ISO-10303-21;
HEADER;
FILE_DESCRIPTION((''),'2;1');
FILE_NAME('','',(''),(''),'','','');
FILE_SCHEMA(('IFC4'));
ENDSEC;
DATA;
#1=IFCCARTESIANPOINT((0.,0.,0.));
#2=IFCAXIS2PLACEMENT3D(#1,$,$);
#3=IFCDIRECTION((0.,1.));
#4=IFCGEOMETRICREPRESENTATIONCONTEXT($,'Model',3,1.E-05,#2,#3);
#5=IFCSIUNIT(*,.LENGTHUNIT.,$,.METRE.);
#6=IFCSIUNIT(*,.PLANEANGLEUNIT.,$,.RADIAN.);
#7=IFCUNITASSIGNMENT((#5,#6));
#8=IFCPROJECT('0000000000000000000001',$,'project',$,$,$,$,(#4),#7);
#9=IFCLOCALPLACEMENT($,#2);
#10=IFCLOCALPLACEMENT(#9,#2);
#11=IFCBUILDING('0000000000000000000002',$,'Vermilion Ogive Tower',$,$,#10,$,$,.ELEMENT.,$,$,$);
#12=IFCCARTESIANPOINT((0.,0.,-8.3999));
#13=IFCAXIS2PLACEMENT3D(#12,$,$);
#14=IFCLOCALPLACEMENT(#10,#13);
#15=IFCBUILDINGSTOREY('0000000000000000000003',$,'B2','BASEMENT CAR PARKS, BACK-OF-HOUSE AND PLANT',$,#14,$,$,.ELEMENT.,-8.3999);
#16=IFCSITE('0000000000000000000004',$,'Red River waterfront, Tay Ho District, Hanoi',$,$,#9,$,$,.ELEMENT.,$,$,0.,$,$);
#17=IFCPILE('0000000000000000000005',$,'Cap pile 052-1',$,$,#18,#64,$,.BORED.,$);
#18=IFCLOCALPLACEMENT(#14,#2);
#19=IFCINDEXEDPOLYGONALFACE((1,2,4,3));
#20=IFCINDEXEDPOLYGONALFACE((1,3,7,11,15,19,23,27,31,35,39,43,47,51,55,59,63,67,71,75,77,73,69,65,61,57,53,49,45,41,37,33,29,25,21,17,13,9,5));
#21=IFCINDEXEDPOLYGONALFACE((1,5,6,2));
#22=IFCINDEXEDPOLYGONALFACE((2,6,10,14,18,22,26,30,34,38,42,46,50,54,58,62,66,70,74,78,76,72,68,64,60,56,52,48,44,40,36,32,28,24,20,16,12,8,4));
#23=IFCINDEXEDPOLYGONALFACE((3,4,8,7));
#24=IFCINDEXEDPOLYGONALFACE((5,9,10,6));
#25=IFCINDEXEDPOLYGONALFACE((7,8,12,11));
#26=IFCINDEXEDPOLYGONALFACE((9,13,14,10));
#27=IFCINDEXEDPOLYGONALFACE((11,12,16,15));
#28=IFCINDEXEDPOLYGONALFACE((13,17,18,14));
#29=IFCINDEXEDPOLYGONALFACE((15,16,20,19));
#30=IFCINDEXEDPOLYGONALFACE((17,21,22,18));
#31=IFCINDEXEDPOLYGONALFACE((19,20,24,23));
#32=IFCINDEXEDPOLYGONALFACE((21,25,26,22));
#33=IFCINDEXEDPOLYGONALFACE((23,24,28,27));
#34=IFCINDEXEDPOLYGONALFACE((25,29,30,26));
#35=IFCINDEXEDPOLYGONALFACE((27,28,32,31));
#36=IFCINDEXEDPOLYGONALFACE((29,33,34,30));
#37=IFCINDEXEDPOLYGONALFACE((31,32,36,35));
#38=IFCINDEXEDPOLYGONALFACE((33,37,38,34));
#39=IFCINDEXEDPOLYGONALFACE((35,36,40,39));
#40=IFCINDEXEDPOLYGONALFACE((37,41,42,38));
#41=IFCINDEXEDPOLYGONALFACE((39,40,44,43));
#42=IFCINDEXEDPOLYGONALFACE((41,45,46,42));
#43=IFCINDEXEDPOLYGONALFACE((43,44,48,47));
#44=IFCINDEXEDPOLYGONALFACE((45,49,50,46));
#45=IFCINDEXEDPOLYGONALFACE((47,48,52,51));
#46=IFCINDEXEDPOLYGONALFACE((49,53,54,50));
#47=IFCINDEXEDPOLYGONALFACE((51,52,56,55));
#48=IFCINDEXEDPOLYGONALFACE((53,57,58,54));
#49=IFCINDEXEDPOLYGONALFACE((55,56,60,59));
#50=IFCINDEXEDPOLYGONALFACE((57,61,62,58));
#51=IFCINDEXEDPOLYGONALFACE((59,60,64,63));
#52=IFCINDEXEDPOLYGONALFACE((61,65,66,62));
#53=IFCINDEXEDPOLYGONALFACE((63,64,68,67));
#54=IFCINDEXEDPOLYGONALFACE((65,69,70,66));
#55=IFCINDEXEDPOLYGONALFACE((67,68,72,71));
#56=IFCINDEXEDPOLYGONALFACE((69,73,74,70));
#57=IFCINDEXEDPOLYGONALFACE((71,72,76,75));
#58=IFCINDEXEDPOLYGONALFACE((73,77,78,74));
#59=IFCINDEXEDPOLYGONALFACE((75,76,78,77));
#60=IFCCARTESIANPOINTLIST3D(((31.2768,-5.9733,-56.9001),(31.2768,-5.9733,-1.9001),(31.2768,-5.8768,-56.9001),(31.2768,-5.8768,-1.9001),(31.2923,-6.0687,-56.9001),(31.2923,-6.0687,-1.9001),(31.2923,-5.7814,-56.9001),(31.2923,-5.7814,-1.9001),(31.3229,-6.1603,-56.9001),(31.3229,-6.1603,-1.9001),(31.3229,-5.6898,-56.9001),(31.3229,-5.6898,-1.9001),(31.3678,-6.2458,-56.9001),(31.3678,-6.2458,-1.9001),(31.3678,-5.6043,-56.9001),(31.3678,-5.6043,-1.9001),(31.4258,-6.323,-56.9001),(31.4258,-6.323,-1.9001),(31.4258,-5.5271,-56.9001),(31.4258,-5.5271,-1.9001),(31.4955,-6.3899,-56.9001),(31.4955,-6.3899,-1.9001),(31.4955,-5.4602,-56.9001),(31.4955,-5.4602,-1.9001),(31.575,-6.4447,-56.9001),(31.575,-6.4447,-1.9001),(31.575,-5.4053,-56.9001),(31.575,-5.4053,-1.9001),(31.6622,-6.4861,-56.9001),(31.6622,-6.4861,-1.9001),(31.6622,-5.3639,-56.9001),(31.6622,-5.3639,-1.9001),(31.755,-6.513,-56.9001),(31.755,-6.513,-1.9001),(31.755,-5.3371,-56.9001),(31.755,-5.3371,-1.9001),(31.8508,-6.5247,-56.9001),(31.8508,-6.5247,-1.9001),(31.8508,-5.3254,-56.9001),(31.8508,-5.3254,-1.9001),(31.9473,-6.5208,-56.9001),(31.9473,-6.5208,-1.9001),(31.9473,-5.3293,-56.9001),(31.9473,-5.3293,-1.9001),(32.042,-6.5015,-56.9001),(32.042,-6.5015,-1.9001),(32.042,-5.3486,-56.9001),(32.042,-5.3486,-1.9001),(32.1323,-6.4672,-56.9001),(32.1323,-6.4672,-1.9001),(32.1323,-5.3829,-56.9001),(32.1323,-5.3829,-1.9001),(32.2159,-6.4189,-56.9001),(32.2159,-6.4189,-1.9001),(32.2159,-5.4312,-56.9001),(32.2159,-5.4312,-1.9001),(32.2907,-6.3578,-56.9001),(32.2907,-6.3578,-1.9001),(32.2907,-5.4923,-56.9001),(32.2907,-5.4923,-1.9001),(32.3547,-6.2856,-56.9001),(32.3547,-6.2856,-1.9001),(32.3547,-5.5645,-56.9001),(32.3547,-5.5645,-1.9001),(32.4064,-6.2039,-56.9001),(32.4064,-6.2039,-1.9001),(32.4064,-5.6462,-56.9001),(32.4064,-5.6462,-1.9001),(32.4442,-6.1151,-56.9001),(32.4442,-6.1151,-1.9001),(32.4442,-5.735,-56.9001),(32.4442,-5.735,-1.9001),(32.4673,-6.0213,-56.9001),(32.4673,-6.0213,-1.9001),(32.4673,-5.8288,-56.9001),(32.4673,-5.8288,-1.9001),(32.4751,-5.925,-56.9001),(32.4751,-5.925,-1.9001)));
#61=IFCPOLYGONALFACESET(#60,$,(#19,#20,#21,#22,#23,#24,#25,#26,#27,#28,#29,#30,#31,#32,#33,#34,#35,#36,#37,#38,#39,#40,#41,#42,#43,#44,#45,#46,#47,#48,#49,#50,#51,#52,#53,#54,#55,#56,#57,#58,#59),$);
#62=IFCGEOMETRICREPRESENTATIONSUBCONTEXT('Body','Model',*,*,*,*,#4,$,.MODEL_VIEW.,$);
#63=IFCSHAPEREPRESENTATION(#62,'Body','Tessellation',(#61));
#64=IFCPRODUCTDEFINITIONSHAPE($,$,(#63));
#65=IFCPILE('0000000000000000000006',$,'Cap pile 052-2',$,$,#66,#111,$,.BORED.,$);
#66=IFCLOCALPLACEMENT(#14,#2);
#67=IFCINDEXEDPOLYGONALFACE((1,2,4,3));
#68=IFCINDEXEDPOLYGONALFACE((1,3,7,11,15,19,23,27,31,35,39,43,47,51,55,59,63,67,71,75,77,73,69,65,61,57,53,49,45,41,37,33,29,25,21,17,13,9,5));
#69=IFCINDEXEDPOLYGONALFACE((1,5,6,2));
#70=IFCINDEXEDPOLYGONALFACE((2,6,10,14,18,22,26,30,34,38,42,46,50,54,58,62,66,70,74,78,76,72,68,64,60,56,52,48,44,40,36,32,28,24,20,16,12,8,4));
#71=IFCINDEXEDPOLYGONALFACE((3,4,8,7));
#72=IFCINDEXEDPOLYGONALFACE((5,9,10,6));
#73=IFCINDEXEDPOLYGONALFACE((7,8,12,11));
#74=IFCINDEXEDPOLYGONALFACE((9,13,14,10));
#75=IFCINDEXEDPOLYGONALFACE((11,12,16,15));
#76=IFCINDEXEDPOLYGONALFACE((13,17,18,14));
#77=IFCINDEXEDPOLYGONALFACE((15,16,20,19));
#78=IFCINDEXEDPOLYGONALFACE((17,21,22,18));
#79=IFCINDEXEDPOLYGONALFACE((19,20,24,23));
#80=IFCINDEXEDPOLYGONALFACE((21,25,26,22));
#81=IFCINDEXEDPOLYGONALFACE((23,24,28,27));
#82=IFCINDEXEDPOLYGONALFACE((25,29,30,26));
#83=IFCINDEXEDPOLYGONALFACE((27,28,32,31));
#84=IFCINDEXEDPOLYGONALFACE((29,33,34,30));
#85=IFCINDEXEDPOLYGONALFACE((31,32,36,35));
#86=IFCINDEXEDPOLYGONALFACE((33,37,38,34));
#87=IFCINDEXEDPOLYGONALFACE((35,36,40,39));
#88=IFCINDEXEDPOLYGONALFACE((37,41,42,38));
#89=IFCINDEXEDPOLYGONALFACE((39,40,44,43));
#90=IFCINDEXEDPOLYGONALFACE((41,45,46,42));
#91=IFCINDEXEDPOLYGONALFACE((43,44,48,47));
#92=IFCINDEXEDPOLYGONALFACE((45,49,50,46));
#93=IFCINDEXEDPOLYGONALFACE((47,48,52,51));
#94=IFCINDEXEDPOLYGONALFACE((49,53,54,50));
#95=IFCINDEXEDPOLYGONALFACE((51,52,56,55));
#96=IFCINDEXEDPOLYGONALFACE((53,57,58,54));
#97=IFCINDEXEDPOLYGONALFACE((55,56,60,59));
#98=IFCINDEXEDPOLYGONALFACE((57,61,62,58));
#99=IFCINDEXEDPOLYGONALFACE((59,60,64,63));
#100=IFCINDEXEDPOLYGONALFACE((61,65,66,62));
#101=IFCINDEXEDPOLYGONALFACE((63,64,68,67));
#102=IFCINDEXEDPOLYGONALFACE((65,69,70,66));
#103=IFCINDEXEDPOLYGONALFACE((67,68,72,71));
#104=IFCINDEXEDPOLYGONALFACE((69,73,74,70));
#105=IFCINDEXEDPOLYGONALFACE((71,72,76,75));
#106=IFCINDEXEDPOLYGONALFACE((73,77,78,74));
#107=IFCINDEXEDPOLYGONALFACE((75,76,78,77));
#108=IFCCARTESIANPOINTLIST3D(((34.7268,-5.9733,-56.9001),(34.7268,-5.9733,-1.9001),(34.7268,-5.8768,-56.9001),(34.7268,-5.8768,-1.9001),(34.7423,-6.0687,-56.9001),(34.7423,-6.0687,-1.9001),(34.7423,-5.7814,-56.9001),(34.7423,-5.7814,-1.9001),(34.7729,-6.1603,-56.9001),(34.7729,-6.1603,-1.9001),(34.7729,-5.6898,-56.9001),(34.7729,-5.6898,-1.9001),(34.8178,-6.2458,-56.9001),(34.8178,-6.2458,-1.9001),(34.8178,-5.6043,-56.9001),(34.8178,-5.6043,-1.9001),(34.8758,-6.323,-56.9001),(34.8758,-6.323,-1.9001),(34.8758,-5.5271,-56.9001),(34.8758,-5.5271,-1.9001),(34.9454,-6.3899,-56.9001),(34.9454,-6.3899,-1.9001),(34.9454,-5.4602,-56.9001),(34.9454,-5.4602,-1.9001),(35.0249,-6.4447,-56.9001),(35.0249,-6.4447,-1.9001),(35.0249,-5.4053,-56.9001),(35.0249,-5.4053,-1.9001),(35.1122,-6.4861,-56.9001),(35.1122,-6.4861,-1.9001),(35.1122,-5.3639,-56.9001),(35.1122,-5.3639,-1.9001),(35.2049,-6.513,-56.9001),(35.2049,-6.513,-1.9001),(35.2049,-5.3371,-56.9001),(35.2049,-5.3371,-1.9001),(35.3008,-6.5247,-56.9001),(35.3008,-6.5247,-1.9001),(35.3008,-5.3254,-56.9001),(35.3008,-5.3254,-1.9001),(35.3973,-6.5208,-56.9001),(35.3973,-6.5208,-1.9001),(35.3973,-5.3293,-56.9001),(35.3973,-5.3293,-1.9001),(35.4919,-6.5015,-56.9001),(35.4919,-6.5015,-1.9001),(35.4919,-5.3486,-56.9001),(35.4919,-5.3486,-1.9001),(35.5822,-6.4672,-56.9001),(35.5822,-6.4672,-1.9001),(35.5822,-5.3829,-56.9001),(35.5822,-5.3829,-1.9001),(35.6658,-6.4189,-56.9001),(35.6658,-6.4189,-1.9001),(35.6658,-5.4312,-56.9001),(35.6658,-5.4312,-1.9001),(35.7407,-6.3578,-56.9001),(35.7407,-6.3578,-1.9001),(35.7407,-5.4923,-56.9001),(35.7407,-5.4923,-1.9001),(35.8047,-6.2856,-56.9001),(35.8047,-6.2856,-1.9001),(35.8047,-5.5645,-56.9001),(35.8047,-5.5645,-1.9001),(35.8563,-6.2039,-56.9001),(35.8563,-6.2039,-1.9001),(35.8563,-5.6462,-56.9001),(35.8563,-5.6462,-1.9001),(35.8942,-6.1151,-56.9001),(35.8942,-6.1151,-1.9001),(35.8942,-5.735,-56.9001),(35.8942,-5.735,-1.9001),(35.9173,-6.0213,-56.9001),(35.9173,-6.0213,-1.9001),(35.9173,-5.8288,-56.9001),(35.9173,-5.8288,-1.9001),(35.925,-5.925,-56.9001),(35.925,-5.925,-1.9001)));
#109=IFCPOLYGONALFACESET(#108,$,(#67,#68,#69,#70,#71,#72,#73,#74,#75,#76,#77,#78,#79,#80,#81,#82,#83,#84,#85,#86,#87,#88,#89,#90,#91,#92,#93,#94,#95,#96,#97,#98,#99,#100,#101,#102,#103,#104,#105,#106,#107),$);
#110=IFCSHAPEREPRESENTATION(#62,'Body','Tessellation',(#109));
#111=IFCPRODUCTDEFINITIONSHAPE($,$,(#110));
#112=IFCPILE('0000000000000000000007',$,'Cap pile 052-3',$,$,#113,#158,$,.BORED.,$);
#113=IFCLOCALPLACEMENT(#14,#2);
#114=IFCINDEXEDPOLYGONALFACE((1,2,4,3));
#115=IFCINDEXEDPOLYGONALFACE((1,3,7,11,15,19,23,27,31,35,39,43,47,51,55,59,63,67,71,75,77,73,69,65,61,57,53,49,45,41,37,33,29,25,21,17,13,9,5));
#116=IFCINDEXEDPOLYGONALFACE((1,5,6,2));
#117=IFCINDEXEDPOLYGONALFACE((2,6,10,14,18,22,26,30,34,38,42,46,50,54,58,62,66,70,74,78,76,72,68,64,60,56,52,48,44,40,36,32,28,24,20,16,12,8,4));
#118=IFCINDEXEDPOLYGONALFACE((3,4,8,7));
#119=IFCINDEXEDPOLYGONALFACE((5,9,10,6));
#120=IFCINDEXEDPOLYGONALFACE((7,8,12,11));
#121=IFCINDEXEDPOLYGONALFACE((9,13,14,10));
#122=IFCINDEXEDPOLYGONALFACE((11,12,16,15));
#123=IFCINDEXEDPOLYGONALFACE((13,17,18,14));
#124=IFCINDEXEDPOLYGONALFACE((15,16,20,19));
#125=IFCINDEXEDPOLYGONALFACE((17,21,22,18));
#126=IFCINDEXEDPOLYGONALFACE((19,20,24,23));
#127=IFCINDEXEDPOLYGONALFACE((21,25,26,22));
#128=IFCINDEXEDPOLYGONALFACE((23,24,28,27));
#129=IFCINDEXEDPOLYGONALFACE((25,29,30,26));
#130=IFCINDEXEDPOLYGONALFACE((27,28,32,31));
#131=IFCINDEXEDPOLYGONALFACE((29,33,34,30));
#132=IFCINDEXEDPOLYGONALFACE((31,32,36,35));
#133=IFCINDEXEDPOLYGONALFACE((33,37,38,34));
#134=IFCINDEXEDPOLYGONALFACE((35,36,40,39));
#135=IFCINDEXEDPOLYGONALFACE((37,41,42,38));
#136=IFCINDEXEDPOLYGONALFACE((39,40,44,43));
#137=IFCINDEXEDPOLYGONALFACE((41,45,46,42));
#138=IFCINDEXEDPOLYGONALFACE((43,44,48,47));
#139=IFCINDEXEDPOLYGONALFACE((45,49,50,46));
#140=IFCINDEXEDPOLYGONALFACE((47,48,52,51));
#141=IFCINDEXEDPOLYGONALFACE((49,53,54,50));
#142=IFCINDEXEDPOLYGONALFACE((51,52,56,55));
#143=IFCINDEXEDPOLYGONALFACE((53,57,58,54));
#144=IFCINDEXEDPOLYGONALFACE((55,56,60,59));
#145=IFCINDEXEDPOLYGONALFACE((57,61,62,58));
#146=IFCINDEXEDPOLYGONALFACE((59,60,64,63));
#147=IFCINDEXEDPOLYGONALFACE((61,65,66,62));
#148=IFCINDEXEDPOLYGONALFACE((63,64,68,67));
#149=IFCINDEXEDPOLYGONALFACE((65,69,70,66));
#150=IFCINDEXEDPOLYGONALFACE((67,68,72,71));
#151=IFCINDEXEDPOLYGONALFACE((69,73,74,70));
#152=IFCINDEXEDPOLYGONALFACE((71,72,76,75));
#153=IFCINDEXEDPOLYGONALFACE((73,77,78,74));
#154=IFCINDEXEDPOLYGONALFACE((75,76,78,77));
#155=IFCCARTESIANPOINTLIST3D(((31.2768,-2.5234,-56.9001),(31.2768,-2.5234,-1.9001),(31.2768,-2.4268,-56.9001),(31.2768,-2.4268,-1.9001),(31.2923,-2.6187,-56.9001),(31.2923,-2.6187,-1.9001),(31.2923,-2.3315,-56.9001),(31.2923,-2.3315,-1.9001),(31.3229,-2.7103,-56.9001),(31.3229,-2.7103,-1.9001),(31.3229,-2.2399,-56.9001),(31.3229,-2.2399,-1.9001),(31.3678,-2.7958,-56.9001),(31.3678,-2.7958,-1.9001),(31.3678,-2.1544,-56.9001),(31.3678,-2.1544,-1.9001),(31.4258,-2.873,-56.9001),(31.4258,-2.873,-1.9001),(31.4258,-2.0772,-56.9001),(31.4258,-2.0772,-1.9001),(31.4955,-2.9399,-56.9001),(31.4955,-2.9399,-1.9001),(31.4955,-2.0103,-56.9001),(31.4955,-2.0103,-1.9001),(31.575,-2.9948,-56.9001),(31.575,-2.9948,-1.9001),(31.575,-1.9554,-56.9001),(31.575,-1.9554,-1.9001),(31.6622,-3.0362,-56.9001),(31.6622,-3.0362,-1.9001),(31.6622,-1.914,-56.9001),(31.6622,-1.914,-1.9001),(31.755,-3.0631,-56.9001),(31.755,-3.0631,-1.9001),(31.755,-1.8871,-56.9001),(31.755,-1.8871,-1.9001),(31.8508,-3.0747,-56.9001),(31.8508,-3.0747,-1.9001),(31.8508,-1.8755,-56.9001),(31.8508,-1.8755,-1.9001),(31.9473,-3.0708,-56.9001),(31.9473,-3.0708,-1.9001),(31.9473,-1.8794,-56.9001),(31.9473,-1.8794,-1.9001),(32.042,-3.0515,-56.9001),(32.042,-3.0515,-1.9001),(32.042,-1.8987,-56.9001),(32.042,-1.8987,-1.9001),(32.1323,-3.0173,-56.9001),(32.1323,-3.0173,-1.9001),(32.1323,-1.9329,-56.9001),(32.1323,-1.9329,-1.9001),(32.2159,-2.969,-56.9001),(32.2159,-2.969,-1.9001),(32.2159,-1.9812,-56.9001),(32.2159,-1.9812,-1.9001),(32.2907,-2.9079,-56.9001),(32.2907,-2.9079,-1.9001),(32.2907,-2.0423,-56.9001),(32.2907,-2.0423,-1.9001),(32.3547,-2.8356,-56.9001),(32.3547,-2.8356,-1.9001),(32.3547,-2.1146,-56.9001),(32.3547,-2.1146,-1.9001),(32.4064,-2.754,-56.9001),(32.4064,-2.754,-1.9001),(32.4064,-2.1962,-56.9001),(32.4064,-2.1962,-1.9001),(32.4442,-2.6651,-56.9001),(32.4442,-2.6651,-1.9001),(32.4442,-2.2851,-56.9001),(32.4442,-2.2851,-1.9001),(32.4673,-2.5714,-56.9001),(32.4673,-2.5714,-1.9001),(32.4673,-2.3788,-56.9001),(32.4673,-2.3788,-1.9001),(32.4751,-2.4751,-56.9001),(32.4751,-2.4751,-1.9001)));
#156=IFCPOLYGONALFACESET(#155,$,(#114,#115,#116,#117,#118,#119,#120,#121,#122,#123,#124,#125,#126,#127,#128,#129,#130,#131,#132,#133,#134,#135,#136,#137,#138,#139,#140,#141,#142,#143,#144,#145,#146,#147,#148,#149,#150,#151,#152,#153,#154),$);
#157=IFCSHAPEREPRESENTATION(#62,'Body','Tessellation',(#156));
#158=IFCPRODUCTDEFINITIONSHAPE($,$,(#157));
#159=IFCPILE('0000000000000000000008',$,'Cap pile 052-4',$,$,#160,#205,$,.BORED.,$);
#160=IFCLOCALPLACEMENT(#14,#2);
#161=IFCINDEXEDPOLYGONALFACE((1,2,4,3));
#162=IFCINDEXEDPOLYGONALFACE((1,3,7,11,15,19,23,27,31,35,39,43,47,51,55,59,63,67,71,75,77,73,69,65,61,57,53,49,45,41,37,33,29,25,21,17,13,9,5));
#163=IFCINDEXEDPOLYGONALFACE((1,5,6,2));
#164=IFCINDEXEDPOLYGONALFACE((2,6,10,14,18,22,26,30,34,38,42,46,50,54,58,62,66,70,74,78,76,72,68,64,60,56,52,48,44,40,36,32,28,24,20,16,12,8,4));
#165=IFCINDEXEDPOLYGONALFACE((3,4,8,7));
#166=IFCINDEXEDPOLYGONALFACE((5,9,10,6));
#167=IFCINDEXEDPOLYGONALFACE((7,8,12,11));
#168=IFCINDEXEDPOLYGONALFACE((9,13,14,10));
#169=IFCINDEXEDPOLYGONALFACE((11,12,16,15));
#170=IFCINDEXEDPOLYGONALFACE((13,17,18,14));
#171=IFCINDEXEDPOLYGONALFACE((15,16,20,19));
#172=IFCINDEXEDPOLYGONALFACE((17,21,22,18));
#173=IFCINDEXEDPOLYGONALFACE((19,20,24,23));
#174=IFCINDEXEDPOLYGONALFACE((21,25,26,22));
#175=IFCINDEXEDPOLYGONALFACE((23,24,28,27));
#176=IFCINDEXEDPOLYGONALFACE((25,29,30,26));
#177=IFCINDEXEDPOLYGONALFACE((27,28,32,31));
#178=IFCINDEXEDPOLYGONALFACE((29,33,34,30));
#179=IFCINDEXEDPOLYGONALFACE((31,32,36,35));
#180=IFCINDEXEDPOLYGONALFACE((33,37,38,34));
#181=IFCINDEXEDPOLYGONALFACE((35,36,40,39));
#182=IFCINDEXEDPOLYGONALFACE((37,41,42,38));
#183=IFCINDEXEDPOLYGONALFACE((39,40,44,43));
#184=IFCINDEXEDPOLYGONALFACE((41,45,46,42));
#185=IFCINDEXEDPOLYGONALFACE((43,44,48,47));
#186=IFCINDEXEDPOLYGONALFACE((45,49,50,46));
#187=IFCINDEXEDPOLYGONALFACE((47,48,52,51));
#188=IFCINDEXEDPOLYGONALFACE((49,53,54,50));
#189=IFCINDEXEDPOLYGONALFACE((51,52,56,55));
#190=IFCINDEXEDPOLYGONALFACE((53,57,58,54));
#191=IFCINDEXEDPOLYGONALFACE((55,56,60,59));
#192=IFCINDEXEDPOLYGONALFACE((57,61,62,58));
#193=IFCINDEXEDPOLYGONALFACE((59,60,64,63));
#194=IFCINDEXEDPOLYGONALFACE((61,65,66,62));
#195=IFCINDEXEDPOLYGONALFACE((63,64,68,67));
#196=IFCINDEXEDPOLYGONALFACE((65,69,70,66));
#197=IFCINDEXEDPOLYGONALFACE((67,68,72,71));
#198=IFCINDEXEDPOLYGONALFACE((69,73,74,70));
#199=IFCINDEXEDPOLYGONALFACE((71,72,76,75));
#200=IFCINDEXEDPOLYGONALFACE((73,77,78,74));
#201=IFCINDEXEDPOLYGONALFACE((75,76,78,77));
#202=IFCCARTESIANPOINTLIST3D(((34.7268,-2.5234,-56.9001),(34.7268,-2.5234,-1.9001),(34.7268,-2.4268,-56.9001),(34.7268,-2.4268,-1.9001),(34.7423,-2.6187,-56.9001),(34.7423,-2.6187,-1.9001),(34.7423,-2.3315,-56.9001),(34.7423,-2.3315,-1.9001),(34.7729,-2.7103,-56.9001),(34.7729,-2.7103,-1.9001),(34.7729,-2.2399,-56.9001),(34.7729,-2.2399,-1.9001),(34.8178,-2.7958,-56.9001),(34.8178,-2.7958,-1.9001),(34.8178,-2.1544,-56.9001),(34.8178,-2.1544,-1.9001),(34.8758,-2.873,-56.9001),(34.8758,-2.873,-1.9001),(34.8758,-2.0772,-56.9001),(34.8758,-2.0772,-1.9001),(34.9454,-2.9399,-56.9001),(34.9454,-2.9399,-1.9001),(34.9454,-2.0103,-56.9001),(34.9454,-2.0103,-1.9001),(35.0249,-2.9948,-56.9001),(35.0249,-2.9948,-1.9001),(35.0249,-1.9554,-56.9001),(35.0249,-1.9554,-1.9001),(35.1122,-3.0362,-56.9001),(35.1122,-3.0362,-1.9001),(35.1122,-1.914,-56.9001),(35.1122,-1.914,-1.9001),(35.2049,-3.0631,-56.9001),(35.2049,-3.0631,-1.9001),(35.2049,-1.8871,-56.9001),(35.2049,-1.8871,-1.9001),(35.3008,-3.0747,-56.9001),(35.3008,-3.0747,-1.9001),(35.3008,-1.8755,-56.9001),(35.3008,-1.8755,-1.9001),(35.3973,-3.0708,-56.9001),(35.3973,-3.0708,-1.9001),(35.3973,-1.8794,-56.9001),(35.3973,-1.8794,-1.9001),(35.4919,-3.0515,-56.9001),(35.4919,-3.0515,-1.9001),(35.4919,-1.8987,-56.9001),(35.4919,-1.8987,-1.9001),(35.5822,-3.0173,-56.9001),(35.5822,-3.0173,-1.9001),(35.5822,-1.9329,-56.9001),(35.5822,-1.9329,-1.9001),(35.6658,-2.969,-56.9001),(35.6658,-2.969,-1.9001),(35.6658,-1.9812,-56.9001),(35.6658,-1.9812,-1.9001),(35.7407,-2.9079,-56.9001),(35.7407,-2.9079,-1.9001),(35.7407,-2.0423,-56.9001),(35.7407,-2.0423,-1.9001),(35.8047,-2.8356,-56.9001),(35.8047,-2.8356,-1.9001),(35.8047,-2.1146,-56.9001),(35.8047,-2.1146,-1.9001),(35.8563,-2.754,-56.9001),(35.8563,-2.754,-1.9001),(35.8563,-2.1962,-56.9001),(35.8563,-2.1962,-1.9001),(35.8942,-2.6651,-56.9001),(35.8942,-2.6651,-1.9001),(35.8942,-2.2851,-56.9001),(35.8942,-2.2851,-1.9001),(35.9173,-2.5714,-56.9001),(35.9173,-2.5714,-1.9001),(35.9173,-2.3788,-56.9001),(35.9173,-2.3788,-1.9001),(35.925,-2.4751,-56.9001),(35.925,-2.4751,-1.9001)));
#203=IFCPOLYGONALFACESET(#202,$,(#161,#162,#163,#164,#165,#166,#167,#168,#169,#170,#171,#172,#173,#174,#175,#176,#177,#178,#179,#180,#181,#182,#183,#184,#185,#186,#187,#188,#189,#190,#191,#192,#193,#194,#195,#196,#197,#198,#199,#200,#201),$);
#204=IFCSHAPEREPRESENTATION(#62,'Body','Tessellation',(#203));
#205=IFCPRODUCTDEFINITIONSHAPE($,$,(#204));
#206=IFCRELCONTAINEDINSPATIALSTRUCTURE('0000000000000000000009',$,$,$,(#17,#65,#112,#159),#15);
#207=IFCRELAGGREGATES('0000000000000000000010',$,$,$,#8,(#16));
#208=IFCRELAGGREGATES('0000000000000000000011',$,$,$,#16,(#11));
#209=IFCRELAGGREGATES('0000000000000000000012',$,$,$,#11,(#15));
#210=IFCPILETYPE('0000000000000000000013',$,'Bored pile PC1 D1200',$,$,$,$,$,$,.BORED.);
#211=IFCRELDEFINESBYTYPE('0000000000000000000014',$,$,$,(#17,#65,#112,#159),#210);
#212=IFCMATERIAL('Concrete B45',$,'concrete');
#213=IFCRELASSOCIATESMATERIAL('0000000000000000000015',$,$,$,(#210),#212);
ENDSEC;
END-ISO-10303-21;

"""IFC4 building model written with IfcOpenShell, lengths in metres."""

from ifc_helpers import new_model, si_unit, direction, frame, origin, origin_2d, place, context, subcontext, project, spatial, circle, extrude, material, type_object, element, save


model = new_model("IFC4")

# Units and contexts
model_context = context("Model", 3, precision=1e-05, world=origin(), true_north=direction((0.0, 1.0)))
body_context = subcontext(model_context, "Body", "Model", "MODEL_VIEW")
ifc_project = project(units=[si_unit("LENGTHUNIT", "METRE"), si_unit("PLANEANGLEUNIT", "RADIAN")], contexts=[model_context])

# Site, building, storey
site_placement = place(None, origin())
site = spatial("IfcSite", under=ifc_project, at=site_placement, Name="Red River waterfront, Tay Ho District, Hanoi", CompositionType="ELEMENT", RefElevation=0.0)
building_placement = place(site_placement, origin())
building = spatial("IfcBuilding", under=site, at=building_placement, Name="Vermilion Ogive Tower", CompositionType="ELEMENT")
storey_placement = place(building_placement, frame((0.0, 0.0, -8.3999)))
storey = spatial("IfcBuildingStorey", under=building, at=storey_placement, Name="B2", Description="BASEMENT CAR PARKS, BACK-OF-HOUSE AND PLANT", CompositionType="ELEMENT", Elevation=-8.3999)

# Piles
ifc_material_1 = material(Name="Concrete B45", Category="concrete")
pile_type = type_object("IfcPileType", Name="Bored pile PC1 D1200", PredefinedType="BORED", material=ifc_material_1)
for number, where, z_axis, x_axis, name in (
    (1, (31.875, -5.925, -1.9001), (0.0, 0.0, -1.0), (1.0, 0.0, 0.0), "Cap pile 052-1"),
    (2, (35.325, -5.925, -1.9001), (0.0, 0.0, -1.0), (1.0, 0.0, 0.0), "Cap pile 052-2"),
    (3, (31.875, -2.4751, -1.9001), (0.0, 0.0, -1.0), (1.0, 0.0, 0.0), "Cap pile 052-3"),
    (4, (35.325, -2.4751, -1.9001), (0.0, 0.0, -1.0), (1.0, 0.0, 0.0), "Cap pile 052-4"),
):
    element("IfcPile", number, at=place(storey_placement, frame(where, z_axis=z_axis, x_axis=x_axis)), inside=storey, type_object=pile_type, Name=name, PredefinedType="BORED", context=body_context, shape_type="SweptSolid", body=[
        extrude(circle(Radius=0.6001, at=origin_2d()), origin(), (0.0, 0.0, 1.0), 55.0),
    ])

save(model, "model.ifc")
